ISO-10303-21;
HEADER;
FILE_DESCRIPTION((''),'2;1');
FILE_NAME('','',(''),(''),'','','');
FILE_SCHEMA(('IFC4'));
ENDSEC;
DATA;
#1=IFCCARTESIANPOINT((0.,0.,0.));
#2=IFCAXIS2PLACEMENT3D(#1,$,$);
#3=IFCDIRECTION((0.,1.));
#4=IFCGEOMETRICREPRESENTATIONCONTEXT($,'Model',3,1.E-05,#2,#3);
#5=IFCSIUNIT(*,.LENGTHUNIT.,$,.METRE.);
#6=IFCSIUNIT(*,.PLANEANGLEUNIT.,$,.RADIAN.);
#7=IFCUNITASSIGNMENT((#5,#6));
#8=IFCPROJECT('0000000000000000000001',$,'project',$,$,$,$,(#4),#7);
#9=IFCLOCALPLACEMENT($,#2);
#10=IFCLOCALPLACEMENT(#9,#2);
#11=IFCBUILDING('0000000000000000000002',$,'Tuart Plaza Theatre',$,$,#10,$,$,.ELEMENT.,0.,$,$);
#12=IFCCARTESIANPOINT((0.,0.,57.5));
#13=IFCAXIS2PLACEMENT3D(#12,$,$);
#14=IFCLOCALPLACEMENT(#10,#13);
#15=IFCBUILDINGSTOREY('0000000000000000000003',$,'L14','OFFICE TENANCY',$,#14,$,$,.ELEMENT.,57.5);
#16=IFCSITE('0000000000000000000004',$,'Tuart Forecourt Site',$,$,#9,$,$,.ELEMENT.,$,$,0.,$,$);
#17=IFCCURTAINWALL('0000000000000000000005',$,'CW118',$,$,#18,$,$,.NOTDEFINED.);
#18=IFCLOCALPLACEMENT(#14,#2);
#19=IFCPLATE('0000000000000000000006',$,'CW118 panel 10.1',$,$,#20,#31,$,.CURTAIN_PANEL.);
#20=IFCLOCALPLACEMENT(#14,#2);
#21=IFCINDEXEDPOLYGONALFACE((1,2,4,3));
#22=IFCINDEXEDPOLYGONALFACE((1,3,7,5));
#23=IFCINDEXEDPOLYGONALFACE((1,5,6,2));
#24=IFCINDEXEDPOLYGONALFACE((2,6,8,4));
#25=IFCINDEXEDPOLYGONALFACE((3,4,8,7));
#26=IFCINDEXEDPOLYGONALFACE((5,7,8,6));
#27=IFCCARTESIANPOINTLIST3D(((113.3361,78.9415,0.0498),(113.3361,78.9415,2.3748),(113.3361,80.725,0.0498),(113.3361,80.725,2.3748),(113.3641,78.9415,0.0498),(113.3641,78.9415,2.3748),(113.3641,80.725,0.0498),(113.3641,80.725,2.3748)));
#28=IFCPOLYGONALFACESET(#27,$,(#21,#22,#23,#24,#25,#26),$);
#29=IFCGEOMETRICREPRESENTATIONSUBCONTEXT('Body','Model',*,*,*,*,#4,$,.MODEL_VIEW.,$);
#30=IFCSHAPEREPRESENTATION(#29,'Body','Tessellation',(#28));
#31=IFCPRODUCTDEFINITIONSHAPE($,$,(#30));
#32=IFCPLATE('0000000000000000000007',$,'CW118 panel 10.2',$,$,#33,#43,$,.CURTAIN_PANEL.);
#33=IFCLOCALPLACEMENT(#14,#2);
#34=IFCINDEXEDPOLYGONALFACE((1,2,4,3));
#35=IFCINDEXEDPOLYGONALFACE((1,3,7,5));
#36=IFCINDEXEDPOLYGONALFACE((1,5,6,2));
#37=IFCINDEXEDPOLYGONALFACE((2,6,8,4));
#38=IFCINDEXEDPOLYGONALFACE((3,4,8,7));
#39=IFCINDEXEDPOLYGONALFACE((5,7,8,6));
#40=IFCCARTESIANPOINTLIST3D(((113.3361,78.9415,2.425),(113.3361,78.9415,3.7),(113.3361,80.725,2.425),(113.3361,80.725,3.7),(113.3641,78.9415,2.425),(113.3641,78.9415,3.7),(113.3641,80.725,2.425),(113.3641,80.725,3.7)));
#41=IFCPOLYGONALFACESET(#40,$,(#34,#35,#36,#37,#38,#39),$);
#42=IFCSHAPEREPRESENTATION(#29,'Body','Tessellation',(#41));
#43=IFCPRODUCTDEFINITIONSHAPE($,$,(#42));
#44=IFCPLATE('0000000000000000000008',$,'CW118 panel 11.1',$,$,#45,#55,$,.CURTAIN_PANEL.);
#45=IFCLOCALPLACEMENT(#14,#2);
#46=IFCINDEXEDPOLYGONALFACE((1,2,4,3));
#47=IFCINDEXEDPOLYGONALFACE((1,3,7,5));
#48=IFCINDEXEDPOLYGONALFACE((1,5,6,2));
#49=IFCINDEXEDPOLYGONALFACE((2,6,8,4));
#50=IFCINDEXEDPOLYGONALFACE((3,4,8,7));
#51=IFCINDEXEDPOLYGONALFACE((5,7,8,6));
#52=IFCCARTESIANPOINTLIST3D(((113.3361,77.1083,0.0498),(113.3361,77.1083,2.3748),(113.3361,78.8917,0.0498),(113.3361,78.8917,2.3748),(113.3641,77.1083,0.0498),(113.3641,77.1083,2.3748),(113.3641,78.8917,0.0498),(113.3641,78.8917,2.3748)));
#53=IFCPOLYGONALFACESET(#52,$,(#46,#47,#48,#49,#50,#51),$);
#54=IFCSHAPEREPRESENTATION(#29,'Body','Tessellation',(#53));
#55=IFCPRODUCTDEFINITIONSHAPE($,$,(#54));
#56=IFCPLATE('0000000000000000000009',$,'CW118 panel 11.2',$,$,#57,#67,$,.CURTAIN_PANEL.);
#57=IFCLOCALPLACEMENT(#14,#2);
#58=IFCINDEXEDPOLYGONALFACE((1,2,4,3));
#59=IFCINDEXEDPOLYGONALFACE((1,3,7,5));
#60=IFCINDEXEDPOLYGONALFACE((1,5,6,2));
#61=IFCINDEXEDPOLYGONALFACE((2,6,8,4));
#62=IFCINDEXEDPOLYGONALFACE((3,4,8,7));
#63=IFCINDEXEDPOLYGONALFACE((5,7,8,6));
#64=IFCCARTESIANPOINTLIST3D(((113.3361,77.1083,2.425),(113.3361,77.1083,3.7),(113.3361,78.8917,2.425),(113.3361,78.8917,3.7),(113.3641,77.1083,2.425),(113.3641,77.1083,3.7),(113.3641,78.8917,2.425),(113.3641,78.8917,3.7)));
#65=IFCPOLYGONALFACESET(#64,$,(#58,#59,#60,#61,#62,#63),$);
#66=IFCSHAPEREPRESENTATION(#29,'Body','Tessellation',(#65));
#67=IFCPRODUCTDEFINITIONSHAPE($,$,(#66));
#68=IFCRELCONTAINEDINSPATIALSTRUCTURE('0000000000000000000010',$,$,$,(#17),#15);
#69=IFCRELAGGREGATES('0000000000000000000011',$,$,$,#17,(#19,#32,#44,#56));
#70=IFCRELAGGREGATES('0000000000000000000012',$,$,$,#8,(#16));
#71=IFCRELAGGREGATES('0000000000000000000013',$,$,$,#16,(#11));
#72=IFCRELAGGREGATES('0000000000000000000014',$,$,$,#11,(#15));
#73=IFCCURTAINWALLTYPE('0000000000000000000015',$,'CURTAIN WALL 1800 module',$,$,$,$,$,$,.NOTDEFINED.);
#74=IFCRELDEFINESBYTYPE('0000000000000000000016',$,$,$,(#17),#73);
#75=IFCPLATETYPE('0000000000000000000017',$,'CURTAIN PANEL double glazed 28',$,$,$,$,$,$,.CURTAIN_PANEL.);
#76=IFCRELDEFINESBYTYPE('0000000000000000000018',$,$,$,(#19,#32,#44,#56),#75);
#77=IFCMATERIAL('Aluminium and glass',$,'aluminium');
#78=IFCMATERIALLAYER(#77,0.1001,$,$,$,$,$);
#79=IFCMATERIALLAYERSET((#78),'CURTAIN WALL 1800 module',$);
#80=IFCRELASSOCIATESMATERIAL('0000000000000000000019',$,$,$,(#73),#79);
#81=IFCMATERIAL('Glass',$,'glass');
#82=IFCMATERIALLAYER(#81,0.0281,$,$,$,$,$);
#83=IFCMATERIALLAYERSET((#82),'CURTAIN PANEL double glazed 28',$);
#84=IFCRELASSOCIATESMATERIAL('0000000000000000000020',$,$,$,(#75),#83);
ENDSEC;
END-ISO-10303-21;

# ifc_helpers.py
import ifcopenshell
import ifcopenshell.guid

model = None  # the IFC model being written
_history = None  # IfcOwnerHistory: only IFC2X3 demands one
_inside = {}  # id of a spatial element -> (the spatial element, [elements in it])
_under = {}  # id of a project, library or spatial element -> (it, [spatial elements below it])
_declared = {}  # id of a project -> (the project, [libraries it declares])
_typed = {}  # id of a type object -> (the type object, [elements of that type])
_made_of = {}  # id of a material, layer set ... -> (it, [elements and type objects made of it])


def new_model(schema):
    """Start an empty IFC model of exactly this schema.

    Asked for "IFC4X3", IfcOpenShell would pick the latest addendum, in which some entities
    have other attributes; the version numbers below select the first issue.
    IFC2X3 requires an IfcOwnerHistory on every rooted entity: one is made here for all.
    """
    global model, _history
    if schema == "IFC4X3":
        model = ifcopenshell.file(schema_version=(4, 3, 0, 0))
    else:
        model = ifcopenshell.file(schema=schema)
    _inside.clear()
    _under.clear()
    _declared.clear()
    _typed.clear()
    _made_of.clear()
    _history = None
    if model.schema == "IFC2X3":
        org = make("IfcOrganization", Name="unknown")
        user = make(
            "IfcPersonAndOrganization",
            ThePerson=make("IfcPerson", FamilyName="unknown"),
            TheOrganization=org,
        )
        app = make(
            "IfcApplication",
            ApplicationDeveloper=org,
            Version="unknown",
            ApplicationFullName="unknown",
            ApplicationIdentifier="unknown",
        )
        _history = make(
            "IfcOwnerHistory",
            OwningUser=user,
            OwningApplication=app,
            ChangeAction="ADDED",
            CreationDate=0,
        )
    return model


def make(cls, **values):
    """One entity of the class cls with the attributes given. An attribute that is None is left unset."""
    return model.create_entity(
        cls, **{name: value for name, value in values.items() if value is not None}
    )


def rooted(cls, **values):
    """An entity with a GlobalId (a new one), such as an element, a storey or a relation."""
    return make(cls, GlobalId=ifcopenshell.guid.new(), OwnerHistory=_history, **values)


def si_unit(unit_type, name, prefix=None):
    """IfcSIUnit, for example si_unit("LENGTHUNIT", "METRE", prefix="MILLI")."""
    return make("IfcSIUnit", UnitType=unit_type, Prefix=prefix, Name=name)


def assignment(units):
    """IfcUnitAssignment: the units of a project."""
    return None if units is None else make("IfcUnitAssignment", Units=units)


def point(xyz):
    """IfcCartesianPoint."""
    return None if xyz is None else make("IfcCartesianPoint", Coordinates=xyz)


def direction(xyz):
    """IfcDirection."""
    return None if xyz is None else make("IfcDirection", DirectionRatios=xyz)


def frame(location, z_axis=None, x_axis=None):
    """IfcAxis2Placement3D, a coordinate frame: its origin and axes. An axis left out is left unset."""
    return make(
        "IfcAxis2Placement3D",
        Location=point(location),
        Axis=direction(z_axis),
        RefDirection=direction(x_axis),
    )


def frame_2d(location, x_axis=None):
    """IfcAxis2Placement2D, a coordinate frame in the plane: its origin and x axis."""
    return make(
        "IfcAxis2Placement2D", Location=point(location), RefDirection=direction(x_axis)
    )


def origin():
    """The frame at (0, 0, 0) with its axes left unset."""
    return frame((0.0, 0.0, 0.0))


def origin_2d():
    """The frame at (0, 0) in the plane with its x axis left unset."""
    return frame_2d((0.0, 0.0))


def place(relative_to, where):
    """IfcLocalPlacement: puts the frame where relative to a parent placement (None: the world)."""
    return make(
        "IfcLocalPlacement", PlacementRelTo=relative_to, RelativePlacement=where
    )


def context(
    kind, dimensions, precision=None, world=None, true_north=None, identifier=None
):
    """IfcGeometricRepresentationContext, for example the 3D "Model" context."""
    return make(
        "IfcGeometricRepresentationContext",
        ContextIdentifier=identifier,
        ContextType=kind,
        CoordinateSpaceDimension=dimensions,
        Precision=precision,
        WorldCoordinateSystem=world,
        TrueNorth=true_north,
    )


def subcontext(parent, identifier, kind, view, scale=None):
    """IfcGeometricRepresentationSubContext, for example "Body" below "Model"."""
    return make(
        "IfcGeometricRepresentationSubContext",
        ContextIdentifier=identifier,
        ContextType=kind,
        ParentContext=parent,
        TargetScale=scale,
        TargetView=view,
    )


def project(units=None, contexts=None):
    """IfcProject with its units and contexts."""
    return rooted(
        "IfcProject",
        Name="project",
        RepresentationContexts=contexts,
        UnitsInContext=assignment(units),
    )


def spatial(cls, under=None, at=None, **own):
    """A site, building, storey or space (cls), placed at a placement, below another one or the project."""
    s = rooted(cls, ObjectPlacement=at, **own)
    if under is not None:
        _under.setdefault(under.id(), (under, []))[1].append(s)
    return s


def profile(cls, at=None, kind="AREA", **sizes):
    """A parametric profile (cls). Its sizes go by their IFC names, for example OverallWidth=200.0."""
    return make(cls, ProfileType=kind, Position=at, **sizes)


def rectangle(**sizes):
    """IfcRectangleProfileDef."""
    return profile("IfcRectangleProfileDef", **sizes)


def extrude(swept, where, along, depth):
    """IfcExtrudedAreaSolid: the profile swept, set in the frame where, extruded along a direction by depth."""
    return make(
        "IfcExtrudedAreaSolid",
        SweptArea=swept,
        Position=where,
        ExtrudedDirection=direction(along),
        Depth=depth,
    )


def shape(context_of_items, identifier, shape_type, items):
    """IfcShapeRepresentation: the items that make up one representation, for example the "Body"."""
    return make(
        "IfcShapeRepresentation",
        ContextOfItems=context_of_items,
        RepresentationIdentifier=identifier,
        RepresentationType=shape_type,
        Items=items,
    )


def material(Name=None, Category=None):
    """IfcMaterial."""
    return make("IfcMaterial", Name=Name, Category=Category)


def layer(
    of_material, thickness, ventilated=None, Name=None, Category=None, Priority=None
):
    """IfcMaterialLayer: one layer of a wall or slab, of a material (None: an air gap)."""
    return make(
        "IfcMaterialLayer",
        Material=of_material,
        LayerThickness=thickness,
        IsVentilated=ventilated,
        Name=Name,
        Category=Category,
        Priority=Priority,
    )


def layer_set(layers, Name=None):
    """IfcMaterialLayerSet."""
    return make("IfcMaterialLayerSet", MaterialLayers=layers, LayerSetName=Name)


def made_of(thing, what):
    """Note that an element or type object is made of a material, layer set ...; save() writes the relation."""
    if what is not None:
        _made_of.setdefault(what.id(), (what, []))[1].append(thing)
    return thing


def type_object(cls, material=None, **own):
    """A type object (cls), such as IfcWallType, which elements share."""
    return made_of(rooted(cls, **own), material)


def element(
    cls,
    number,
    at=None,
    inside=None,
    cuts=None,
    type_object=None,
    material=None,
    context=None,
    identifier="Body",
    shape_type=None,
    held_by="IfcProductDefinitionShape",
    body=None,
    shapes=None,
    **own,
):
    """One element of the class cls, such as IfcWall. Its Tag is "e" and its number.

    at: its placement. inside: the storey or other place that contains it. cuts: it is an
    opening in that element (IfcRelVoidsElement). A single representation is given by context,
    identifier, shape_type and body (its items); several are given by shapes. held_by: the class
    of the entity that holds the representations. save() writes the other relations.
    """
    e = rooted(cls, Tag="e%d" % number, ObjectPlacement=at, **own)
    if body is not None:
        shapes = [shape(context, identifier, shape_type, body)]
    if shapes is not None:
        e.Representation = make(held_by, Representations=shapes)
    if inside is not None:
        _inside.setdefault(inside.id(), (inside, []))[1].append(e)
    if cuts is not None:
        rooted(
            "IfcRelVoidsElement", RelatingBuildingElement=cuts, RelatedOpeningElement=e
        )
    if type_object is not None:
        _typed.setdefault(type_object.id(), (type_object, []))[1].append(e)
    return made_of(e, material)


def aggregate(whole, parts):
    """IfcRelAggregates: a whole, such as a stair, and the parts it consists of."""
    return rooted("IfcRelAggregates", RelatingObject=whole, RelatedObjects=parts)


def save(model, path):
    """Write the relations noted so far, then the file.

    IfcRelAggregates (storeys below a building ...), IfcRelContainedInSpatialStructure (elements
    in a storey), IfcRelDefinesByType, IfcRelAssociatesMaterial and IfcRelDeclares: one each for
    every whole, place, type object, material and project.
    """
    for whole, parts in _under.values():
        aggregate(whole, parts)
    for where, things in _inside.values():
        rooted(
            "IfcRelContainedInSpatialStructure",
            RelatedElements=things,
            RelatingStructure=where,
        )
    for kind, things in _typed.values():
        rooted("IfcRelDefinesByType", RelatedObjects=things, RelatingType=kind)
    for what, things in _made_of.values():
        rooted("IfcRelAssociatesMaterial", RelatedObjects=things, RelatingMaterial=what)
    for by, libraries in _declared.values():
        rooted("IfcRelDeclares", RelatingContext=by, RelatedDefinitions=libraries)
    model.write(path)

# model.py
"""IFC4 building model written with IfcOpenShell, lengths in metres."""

from ifc_helpers import new_model, si_unit, direction, frame, origin, origin_2d, place, context, subcontext, project, spatial, rectangle, extrude, material, layer, layer_set, type_object, element, aggregate, save


model = new_model("IFC4")

# Units and contexts
model_context = context("Model", 3, precision=1e-05, world=origin(), true_north=direction((0.0, 1.0)))
body_context = subcontext(model_context, "Body", "Model", "MODEL_VIEW")
ifc_project = project(units=[si_unit("LENGTHUNIT", "METRE"), si_unit("PLANEANGLEUNIT", "RADIAN")], contexts=[model_context])

# Site, building, storey
site_placement = place(None, origin())
site = spatial("IfcSite", under=ifc_project, at=site_placement, Name="Tuart Forecourt Site", CompositionType="ELEMENT", RefElevation=0.0)
building_placement = place(site_placement, origin())
building = spatial("IfcBuilding", under=site, at=building_placement, Name="Tuart Plaza Theatre", CompositionType="ELEMENT", ElevationOfRefHeight=0.0)
storey_placement = place(building_placement, frame((0.0, 0.0, 57.5)))
storey = spatial("IfcBuildingStorey", under=building, at=storey_placement, Name="L14", Description="OFFICE TENANCY", CompositionType="ELEMENT", Elevation=57.5)

# Curtain wall, plates
ifc_material_1 = material(Name="Aluminium and glass", Category="aluminium")
ifc_layer_1 = layer(ifc_material_1, 0.1001)
ifc_layer_set_1 = layer_set([ifc_layer_1], Name="CURTAIN WALL 1800 module")
curtain_wall_type = type_object("IfcCurtainWallType", Name="CURTAIN WALL 1800 module", PredefinedType="NOTDEFINED", material=ifc_layer_set_1)
curtain_wall_placement = place(storey_placement, origin())
curtain_wall = element("IfcCurtainWall", 1, at=curtain_wall_placement, inside=storey, type_object=curtain_wall_type, Name="CW118", PredefinedType="NOTDEFINED")
ifc_material_2 = material(Name="Glass", Category="glass")
ifc_layer_2 = layer(ifc_material_2, 0.0281)
ifc_layer_set_2 = layer_set([ifc_layer_2], Name="CURTAIN PANEL double glazed 28")
plate_type = type_object("IfcPlateType", Name="CURTAIN PANEL double glazed 28", PredefinedType="CURTAIN_PANEL", material=ifc_layer_set_2)
plate_1_placement = place(storey_placement, frame((113.3501, 79.8333, 0.0498), z_axis=(0.0, 0.0, 1.0), x_axis=(0.0, -1.0, 0.0)))
plate_1 = element("IfcPlate", 2, at=plate_1_placement, type_object=plate_type, Name="CW118 panel 10.1", PredefinedType="CURTAIN_PANEL", context=body_context, shape_type="SweptSolid", body=[
    extrude(rectangle(XDim=1.7834, YDim=0.0281, at=origin_2d()), origin(), (0.0, 0.0, 1.0), 2.325),
])
plate_2_placement = place(storey_placement, frame((113.3501, 79.8333, 2.425), z_axis=(0.0, 0.0, 1.0), x_axis=(0.0, -1.0, 0.0)))
plate_2 = element("IfcPlate", 3, at=plate_2_placement, type_object=plate_type, Name="CW118 panel 10.2", PredefinedType="CURTAIN_PANEL", context=body_context, shape_type="SweptSolid", body=[
    extrude(rectangle(XDim=1.7834, YDim=0.0281, at=origin_2d()), origin(), (0.0, 0.0, 1.0), 1.2749),
])
plate_3_placement = place(storey_placement, frame((113.3501, 78.0, 0.0498), z_axis=(0.0, 0.0, 1.0), x_axis=(0.0, -1.0, 0.0)))
plate_3 = element("IfcPlate", 4, at=plate_3_placement, type_object=plate_type, Name="CW118 panel 11.1", PredefinedType="CURTAIN_PANEL", context=body_context, shape_type="SweptSolid", body=[
    extrude(rectangle(XDim=1.7834, YDim=0.0281, at=origin_2d()), origin(), (0.0, 0.0, 1.0), 2.325),
])
plate_4_placement = place(storey_placement, frame((113.3501, 78.0, 2.425), z_axis=(0.0, 0.0, 1.0), x_axis=(0.0, -1.0, 0.0)))
plate_4 = element("IfcPlate", 5, at=plate_4_placement, type_object=plate_type, Name="CW118 panel 11.2", PredefinedType="CURTAIN_PANEL", context=body_context, shape_type="SweptSolid", body=[
    extrude(rectangle(XDim=1.7834, YDim=0.0281, at=origin_2d()), origin(), (0.0, 0.0, 1.0), 1.2749),
])
aggregate(curtain_wall, [plate_1, plate_2, plate_3, plate_4])

save(model, "model.ifc")
